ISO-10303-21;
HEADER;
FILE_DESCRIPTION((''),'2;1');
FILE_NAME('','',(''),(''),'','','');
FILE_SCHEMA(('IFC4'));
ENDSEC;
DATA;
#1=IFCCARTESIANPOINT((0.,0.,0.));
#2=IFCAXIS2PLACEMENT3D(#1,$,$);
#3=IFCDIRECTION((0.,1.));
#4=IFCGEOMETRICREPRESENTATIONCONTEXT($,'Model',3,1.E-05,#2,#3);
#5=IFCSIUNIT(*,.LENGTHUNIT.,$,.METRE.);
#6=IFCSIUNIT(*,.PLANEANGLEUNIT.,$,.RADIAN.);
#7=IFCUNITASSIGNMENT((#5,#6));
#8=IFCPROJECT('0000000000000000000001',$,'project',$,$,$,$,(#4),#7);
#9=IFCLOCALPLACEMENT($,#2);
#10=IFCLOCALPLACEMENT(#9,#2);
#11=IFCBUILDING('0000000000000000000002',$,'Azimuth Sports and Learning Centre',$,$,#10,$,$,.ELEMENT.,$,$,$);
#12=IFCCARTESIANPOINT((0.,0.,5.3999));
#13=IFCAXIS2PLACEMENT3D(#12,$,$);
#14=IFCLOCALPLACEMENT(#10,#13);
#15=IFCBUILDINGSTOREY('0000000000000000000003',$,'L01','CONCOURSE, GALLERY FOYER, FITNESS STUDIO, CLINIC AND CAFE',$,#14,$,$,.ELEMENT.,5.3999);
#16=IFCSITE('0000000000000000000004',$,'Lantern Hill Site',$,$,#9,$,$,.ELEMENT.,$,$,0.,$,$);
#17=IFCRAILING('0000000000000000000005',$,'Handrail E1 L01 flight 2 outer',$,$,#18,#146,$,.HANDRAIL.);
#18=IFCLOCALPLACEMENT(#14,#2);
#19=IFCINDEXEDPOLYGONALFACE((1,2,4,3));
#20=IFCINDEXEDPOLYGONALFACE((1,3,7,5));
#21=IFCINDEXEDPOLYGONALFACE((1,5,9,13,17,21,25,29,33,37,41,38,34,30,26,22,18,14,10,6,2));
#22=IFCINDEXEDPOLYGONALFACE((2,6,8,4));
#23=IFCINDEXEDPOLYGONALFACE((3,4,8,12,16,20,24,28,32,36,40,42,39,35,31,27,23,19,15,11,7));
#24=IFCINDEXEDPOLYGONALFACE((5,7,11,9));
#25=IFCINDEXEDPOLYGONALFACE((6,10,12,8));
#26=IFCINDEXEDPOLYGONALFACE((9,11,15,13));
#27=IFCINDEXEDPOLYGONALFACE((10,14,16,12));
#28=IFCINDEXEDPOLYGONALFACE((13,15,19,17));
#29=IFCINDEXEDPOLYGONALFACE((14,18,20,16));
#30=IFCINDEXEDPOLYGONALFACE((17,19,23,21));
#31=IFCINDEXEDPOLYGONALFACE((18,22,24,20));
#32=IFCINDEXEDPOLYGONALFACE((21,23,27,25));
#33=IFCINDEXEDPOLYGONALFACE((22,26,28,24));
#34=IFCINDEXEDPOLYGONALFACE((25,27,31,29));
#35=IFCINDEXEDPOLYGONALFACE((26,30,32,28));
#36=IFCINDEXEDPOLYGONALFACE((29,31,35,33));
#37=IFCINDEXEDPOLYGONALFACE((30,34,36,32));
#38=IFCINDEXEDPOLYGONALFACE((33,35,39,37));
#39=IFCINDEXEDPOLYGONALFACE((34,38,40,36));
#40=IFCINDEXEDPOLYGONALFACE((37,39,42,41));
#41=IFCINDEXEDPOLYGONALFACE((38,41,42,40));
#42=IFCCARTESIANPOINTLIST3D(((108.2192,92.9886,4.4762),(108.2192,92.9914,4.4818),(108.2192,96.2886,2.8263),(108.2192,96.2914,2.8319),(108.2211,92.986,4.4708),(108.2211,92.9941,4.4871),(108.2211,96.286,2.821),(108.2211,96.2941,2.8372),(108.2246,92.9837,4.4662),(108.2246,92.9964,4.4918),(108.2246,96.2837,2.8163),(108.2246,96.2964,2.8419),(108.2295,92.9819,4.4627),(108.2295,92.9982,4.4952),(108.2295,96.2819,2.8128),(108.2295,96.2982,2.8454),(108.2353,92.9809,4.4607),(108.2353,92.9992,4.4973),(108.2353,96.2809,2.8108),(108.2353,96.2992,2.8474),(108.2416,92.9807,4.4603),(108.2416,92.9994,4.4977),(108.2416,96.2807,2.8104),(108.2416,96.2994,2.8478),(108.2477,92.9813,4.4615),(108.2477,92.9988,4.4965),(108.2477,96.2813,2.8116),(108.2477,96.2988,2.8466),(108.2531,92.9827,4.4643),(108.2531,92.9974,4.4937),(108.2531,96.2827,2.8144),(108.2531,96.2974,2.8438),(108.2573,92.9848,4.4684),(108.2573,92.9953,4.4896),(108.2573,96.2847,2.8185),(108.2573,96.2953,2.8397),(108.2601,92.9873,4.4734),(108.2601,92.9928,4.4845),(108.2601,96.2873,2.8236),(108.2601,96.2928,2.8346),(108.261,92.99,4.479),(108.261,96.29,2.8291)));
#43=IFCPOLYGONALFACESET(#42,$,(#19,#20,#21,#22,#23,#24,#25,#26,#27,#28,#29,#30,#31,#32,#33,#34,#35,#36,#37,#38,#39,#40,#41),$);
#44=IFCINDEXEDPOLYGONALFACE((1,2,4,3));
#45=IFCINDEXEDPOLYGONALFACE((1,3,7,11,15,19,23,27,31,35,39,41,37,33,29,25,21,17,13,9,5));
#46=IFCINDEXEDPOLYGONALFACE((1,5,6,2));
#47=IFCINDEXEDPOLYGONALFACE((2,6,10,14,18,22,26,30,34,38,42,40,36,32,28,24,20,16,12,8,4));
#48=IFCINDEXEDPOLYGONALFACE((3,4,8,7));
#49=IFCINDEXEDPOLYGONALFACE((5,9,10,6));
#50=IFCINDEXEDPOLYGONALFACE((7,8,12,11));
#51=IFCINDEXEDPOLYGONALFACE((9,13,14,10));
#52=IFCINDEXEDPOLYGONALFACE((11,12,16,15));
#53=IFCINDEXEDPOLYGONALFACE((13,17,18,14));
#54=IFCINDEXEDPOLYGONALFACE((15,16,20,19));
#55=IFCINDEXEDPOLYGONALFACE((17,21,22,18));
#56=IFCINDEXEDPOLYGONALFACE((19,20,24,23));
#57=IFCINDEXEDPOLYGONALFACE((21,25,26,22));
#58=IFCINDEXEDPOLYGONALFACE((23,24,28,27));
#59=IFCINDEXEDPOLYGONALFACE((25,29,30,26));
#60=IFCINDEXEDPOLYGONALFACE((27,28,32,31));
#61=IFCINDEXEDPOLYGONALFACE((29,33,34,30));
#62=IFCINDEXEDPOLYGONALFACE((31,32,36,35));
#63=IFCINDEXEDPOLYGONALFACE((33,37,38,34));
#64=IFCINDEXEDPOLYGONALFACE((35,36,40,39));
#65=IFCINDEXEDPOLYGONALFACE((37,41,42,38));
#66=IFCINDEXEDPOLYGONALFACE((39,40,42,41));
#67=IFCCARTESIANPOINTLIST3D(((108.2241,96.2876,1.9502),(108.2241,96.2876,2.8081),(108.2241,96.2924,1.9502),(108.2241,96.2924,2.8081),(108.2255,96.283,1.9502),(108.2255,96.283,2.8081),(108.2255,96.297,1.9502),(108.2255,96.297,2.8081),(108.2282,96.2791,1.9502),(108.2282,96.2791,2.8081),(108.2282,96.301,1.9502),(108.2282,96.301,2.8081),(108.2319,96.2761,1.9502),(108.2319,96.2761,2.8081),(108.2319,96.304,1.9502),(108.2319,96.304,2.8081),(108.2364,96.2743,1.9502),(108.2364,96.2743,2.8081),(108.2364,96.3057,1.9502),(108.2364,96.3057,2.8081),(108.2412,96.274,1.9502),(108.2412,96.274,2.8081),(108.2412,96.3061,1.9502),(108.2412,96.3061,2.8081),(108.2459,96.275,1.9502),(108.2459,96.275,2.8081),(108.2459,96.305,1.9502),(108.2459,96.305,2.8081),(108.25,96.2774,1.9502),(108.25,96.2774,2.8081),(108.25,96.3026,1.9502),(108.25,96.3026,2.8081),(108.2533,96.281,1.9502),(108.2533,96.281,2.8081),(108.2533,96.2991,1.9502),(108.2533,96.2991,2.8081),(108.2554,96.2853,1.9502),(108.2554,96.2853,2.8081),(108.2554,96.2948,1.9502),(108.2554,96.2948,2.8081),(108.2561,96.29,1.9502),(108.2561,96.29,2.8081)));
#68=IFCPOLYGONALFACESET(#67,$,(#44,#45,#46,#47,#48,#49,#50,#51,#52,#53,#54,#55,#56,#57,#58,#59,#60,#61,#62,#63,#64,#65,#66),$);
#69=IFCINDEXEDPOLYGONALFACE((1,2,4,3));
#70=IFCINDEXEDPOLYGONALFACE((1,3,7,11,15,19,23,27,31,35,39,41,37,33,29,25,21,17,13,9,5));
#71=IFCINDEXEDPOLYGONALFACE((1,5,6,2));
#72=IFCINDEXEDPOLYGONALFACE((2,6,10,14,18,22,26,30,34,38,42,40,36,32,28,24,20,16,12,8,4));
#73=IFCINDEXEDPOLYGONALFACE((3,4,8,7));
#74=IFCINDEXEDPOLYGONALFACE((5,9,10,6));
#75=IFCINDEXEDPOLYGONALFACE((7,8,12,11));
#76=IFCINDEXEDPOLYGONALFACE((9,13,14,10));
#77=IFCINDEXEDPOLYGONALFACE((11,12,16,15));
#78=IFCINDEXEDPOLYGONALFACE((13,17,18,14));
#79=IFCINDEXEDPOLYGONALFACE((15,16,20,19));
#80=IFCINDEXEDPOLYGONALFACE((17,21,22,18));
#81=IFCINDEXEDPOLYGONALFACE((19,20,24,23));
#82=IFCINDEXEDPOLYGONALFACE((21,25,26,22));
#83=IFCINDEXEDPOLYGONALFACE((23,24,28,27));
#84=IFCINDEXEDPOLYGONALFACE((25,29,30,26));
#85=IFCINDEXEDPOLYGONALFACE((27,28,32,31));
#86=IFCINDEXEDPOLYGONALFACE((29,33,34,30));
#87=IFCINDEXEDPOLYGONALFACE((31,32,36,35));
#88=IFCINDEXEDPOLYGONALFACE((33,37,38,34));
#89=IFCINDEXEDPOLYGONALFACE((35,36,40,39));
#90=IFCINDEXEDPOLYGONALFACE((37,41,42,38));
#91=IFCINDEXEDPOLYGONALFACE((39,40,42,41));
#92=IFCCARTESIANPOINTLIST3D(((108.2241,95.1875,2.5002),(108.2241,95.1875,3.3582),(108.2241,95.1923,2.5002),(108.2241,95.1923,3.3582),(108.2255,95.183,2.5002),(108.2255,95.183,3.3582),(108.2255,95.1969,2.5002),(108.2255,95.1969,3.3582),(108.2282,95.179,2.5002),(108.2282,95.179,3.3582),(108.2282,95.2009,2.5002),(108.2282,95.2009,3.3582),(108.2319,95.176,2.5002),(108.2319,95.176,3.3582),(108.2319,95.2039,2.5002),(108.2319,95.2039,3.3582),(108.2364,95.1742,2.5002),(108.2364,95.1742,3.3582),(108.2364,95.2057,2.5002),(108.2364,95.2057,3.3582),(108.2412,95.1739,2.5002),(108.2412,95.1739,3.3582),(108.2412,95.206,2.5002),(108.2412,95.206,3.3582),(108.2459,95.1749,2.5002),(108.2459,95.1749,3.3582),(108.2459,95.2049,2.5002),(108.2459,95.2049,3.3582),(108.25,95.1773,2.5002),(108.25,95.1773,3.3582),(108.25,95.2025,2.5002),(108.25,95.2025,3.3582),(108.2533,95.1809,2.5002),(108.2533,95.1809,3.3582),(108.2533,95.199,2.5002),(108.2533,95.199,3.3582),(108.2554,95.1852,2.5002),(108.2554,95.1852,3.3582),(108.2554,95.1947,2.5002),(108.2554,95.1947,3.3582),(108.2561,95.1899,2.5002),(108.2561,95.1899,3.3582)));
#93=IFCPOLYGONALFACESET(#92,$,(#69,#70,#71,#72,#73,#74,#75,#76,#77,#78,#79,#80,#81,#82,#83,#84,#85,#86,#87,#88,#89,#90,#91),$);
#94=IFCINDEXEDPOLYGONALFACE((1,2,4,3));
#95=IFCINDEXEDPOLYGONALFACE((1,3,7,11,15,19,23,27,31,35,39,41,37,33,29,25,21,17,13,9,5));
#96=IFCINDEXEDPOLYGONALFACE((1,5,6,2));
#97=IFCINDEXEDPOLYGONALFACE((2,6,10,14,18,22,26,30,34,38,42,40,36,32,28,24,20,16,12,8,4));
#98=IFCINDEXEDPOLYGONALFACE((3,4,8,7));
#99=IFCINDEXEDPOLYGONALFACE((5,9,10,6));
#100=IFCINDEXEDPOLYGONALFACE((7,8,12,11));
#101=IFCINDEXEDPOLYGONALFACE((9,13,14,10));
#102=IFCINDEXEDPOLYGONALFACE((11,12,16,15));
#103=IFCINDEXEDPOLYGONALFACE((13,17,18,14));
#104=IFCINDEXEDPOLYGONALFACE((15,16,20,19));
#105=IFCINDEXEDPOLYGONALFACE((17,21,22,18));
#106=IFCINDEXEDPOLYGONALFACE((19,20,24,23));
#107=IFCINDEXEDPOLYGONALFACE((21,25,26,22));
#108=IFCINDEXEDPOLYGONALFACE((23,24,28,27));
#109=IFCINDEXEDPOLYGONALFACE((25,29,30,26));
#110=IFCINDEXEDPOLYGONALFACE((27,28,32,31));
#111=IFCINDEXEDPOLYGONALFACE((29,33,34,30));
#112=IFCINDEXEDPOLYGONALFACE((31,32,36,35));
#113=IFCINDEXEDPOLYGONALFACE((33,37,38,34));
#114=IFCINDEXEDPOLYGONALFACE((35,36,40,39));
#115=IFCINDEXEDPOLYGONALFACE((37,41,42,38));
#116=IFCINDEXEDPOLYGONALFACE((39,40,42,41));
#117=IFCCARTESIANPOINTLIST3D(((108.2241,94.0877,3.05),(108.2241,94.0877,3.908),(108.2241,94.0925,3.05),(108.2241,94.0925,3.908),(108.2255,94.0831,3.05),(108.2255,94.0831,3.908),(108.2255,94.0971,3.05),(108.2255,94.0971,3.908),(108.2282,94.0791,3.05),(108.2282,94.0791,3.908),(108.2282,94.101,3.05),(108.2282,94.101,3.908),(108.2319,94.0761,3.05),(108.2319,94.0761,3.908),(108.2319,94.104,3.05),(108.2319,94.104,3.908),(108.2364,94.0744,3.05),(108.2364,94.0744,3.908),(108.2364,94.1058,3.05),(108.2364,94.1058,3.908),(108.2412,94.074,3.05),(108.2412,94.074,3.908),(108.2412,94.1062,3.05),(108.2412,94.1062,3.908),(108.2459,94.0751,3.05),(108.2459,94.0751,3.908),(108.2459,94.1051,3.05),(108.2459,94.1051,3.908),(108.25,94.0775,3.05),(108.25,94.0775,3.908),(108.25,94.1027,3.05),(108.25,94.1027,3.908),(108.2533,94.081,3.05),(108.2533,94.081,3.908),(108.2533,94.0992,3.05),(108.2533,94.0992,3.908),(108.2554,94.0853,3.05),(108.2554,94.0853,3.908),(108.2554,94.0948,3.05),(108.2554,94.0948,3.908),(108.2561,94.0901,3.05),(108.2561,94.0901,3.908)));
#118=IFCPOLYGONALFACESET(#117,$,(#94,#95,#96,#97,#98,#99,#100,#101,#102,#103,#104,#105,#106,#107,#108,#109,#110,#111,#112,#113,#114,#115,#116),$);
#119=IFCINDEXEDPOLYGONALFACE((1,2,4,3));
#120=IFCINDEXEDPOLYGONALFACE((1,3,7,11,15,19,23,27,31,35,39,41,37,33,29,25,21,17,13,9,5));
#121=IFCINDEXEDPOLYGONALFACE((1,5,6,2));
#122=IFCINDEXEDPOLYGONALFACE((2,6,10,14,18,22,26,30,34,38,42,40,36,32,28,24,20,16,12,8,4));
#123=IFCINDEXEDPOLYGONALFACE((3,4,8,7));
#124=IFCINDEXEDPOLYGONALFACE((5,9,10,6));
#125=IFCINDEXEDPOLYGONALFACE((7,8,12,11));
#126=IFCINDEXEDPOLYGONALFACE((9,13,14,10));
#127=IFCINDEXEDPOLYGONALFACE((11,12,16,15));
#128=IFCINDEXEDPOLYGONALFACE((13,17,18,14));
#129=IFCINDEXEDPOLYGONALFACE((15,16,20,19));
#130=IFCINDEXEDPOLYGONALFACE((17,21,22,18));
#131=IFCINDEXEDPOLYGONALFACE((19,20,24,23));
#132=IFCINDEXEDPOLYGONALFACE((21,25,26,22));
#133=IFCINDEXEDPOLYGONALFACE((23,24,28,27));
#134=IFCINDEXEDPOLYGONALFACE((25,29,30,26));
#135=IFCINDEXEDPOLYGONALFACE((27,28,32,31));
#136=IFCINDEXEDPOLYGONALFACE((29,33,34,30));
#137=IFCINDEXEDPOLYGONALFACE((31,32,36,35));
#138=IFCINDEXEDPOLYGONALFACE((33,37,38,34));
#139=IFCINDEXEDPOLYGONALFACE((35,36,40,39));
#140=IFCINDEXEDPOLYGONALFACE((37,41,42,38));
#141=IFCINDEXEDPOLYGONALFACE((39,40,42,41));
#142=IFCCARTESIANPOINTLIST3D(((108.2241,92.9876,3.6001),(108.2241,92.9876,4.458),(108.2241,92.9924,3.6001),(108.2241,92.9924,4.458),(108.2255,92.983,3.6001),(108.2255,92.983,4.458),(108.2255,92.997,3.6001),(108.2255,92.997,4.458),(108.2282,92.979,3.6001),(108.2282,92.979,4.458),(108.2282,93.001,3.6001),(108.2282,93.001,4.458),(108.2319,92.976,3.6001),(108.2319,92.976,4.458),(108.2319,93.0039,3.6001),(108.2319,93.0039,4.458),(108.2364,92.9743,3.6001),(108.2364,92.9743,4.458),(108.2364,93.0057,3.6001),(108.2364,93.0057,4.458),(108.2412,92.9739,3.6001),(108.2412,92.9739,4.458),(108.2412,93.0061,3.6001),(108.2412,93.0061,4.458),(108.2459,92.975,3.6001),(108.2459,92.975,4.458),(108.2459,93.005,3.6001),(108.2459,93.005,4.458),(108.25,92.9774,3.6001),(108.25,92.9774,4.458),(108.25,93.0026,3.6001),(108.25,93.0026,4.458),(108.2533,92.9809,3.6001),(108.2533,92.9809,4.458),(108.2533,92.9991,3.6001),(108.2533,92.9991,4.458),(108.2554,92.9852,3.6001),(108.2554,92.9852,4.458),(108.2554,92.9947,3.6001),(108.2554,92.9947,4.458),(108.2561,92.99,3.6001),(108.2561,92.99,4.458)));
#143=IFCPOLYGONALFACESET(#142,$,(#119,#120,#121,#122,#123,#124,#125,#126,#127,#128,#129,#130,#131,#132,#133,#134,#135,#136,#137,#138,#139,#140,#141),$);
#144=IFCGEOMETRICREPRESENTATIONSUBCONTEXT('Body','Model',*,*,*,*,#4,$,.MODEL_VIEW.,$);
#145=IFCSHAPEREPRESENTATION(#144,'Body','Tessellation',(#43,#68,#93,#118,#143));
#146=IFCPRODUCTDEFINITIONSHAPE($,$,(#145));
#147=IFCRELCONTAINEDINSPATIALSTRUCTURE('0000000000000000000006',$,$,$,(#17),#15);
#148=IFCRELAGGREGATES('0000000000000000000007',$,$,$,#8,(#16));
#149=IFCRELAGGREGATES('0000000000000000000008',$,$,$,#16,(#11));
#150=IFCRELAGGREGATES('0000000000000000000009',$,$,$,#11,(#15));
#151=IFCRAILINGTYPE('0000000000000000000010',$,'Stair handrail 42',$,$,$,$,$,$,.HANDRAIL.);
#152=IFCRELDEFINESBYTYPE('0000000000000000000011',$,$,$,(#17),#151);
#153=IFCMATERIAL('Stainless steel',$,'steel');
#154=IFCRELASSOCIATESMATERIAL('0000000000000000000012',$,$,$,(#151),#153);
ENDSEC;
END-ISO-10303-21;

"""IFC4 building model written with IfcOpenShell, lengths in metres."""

from ifc_helpers import new_model, si_unit, direction, frame, origin, origin_2d, place, context, subcontext, project, spatial, circle, extrude, material, type_object, element, save


model = new_model("IFC4")

# Units and contexts
model_context = context("Model", 3, precision=1e-05, world=origin(), true_north=direction((0.0, 1.0)))
body_context = subcontext(model_context, "Body", "Model", "MODEL_VIEW")
ifc_project = project(units=[si_unit("LENGTHUNIT", "METRE"), si_unit("PLANEANGLEUNIT", "RADIAN")], contexts=[model_context])

# Site, building, storey
site_placement = place(None, origin())
site = spatial("IfcSite", under=ifc_project, at=site_placement, Name="Lantern Hill Site", CompositionType="ELEMENT", RefElevation=0.0)
building_placement = place(site_placement, origin())
building = spatial("IfcBuilding", under=site, at=building_placement, Name="Azimuth Sports and Learning Centre", CompositionType="ELEMENT")
storey_placement = place(building_placement, frame((0.0, 0.0, 5.3999)))
storey = spatial("IfcBuildingStorey", under=building, at=storey_placement, Name="L01", Description="CONCOURSE, GALLERY FOYER, FITNESS STUDIO, CLINIC AND CAFE", CompositionType="ELEMENT", Elevation=5.3999)

# Railing
ifc_material_1 = material(Name="Stainless steel", Category="steel")
railing_type = type_object("IfcRailingType", Name="Stair handrail 42", PredefinedType="HANDRAIL", material=ifc_material_1)
for number, where, name in (
    (1, (108.24, 96.29, 1.9502), "Handrail E1 L01 flight 2 outer"),
):
    element("IfcRailing", number, at=place(storey_placement, frame(where)), inside=storey, type_object=railing_type, Name=name, PredefinedType="HANDRAIL", context=body_context, shape_type="SweptSolid", body=[
        extrude(circle(Radius=0.021, at=origin_2d()), frame((0.0, 0.0, 0.8789), z_axis=(0.0, -0.89444, 0.447187), x_axis=(1.0, 0.0, 0.0)), (0.0, 0.0, 1.0), 3.6895),
        extrude(circle(Radius=0.0161, at=origin_2d()), origin(), (0.0, 0.0, 1.0), 0.8579),
        extrude(circle(Radius=0.0161, at=origin_2d()), frame((0.0, -1.1001, 0.55)), (0.0, 0.0, 1.0), 0.8579),
        extrude(circle(Radius=0.0161, at=origin_2d()), frame((0.0, -2.2, 1.0999)), (0.0, 0.0, 1.0), 0.8579),
        extrude(circle(Radius=0.0161, at=origin_2d()), frame((0.0, -3.3, 1.6499)), (0.0, 0.0, 1.0), 0.8579),
    ])

save(model, "model.ifc")
